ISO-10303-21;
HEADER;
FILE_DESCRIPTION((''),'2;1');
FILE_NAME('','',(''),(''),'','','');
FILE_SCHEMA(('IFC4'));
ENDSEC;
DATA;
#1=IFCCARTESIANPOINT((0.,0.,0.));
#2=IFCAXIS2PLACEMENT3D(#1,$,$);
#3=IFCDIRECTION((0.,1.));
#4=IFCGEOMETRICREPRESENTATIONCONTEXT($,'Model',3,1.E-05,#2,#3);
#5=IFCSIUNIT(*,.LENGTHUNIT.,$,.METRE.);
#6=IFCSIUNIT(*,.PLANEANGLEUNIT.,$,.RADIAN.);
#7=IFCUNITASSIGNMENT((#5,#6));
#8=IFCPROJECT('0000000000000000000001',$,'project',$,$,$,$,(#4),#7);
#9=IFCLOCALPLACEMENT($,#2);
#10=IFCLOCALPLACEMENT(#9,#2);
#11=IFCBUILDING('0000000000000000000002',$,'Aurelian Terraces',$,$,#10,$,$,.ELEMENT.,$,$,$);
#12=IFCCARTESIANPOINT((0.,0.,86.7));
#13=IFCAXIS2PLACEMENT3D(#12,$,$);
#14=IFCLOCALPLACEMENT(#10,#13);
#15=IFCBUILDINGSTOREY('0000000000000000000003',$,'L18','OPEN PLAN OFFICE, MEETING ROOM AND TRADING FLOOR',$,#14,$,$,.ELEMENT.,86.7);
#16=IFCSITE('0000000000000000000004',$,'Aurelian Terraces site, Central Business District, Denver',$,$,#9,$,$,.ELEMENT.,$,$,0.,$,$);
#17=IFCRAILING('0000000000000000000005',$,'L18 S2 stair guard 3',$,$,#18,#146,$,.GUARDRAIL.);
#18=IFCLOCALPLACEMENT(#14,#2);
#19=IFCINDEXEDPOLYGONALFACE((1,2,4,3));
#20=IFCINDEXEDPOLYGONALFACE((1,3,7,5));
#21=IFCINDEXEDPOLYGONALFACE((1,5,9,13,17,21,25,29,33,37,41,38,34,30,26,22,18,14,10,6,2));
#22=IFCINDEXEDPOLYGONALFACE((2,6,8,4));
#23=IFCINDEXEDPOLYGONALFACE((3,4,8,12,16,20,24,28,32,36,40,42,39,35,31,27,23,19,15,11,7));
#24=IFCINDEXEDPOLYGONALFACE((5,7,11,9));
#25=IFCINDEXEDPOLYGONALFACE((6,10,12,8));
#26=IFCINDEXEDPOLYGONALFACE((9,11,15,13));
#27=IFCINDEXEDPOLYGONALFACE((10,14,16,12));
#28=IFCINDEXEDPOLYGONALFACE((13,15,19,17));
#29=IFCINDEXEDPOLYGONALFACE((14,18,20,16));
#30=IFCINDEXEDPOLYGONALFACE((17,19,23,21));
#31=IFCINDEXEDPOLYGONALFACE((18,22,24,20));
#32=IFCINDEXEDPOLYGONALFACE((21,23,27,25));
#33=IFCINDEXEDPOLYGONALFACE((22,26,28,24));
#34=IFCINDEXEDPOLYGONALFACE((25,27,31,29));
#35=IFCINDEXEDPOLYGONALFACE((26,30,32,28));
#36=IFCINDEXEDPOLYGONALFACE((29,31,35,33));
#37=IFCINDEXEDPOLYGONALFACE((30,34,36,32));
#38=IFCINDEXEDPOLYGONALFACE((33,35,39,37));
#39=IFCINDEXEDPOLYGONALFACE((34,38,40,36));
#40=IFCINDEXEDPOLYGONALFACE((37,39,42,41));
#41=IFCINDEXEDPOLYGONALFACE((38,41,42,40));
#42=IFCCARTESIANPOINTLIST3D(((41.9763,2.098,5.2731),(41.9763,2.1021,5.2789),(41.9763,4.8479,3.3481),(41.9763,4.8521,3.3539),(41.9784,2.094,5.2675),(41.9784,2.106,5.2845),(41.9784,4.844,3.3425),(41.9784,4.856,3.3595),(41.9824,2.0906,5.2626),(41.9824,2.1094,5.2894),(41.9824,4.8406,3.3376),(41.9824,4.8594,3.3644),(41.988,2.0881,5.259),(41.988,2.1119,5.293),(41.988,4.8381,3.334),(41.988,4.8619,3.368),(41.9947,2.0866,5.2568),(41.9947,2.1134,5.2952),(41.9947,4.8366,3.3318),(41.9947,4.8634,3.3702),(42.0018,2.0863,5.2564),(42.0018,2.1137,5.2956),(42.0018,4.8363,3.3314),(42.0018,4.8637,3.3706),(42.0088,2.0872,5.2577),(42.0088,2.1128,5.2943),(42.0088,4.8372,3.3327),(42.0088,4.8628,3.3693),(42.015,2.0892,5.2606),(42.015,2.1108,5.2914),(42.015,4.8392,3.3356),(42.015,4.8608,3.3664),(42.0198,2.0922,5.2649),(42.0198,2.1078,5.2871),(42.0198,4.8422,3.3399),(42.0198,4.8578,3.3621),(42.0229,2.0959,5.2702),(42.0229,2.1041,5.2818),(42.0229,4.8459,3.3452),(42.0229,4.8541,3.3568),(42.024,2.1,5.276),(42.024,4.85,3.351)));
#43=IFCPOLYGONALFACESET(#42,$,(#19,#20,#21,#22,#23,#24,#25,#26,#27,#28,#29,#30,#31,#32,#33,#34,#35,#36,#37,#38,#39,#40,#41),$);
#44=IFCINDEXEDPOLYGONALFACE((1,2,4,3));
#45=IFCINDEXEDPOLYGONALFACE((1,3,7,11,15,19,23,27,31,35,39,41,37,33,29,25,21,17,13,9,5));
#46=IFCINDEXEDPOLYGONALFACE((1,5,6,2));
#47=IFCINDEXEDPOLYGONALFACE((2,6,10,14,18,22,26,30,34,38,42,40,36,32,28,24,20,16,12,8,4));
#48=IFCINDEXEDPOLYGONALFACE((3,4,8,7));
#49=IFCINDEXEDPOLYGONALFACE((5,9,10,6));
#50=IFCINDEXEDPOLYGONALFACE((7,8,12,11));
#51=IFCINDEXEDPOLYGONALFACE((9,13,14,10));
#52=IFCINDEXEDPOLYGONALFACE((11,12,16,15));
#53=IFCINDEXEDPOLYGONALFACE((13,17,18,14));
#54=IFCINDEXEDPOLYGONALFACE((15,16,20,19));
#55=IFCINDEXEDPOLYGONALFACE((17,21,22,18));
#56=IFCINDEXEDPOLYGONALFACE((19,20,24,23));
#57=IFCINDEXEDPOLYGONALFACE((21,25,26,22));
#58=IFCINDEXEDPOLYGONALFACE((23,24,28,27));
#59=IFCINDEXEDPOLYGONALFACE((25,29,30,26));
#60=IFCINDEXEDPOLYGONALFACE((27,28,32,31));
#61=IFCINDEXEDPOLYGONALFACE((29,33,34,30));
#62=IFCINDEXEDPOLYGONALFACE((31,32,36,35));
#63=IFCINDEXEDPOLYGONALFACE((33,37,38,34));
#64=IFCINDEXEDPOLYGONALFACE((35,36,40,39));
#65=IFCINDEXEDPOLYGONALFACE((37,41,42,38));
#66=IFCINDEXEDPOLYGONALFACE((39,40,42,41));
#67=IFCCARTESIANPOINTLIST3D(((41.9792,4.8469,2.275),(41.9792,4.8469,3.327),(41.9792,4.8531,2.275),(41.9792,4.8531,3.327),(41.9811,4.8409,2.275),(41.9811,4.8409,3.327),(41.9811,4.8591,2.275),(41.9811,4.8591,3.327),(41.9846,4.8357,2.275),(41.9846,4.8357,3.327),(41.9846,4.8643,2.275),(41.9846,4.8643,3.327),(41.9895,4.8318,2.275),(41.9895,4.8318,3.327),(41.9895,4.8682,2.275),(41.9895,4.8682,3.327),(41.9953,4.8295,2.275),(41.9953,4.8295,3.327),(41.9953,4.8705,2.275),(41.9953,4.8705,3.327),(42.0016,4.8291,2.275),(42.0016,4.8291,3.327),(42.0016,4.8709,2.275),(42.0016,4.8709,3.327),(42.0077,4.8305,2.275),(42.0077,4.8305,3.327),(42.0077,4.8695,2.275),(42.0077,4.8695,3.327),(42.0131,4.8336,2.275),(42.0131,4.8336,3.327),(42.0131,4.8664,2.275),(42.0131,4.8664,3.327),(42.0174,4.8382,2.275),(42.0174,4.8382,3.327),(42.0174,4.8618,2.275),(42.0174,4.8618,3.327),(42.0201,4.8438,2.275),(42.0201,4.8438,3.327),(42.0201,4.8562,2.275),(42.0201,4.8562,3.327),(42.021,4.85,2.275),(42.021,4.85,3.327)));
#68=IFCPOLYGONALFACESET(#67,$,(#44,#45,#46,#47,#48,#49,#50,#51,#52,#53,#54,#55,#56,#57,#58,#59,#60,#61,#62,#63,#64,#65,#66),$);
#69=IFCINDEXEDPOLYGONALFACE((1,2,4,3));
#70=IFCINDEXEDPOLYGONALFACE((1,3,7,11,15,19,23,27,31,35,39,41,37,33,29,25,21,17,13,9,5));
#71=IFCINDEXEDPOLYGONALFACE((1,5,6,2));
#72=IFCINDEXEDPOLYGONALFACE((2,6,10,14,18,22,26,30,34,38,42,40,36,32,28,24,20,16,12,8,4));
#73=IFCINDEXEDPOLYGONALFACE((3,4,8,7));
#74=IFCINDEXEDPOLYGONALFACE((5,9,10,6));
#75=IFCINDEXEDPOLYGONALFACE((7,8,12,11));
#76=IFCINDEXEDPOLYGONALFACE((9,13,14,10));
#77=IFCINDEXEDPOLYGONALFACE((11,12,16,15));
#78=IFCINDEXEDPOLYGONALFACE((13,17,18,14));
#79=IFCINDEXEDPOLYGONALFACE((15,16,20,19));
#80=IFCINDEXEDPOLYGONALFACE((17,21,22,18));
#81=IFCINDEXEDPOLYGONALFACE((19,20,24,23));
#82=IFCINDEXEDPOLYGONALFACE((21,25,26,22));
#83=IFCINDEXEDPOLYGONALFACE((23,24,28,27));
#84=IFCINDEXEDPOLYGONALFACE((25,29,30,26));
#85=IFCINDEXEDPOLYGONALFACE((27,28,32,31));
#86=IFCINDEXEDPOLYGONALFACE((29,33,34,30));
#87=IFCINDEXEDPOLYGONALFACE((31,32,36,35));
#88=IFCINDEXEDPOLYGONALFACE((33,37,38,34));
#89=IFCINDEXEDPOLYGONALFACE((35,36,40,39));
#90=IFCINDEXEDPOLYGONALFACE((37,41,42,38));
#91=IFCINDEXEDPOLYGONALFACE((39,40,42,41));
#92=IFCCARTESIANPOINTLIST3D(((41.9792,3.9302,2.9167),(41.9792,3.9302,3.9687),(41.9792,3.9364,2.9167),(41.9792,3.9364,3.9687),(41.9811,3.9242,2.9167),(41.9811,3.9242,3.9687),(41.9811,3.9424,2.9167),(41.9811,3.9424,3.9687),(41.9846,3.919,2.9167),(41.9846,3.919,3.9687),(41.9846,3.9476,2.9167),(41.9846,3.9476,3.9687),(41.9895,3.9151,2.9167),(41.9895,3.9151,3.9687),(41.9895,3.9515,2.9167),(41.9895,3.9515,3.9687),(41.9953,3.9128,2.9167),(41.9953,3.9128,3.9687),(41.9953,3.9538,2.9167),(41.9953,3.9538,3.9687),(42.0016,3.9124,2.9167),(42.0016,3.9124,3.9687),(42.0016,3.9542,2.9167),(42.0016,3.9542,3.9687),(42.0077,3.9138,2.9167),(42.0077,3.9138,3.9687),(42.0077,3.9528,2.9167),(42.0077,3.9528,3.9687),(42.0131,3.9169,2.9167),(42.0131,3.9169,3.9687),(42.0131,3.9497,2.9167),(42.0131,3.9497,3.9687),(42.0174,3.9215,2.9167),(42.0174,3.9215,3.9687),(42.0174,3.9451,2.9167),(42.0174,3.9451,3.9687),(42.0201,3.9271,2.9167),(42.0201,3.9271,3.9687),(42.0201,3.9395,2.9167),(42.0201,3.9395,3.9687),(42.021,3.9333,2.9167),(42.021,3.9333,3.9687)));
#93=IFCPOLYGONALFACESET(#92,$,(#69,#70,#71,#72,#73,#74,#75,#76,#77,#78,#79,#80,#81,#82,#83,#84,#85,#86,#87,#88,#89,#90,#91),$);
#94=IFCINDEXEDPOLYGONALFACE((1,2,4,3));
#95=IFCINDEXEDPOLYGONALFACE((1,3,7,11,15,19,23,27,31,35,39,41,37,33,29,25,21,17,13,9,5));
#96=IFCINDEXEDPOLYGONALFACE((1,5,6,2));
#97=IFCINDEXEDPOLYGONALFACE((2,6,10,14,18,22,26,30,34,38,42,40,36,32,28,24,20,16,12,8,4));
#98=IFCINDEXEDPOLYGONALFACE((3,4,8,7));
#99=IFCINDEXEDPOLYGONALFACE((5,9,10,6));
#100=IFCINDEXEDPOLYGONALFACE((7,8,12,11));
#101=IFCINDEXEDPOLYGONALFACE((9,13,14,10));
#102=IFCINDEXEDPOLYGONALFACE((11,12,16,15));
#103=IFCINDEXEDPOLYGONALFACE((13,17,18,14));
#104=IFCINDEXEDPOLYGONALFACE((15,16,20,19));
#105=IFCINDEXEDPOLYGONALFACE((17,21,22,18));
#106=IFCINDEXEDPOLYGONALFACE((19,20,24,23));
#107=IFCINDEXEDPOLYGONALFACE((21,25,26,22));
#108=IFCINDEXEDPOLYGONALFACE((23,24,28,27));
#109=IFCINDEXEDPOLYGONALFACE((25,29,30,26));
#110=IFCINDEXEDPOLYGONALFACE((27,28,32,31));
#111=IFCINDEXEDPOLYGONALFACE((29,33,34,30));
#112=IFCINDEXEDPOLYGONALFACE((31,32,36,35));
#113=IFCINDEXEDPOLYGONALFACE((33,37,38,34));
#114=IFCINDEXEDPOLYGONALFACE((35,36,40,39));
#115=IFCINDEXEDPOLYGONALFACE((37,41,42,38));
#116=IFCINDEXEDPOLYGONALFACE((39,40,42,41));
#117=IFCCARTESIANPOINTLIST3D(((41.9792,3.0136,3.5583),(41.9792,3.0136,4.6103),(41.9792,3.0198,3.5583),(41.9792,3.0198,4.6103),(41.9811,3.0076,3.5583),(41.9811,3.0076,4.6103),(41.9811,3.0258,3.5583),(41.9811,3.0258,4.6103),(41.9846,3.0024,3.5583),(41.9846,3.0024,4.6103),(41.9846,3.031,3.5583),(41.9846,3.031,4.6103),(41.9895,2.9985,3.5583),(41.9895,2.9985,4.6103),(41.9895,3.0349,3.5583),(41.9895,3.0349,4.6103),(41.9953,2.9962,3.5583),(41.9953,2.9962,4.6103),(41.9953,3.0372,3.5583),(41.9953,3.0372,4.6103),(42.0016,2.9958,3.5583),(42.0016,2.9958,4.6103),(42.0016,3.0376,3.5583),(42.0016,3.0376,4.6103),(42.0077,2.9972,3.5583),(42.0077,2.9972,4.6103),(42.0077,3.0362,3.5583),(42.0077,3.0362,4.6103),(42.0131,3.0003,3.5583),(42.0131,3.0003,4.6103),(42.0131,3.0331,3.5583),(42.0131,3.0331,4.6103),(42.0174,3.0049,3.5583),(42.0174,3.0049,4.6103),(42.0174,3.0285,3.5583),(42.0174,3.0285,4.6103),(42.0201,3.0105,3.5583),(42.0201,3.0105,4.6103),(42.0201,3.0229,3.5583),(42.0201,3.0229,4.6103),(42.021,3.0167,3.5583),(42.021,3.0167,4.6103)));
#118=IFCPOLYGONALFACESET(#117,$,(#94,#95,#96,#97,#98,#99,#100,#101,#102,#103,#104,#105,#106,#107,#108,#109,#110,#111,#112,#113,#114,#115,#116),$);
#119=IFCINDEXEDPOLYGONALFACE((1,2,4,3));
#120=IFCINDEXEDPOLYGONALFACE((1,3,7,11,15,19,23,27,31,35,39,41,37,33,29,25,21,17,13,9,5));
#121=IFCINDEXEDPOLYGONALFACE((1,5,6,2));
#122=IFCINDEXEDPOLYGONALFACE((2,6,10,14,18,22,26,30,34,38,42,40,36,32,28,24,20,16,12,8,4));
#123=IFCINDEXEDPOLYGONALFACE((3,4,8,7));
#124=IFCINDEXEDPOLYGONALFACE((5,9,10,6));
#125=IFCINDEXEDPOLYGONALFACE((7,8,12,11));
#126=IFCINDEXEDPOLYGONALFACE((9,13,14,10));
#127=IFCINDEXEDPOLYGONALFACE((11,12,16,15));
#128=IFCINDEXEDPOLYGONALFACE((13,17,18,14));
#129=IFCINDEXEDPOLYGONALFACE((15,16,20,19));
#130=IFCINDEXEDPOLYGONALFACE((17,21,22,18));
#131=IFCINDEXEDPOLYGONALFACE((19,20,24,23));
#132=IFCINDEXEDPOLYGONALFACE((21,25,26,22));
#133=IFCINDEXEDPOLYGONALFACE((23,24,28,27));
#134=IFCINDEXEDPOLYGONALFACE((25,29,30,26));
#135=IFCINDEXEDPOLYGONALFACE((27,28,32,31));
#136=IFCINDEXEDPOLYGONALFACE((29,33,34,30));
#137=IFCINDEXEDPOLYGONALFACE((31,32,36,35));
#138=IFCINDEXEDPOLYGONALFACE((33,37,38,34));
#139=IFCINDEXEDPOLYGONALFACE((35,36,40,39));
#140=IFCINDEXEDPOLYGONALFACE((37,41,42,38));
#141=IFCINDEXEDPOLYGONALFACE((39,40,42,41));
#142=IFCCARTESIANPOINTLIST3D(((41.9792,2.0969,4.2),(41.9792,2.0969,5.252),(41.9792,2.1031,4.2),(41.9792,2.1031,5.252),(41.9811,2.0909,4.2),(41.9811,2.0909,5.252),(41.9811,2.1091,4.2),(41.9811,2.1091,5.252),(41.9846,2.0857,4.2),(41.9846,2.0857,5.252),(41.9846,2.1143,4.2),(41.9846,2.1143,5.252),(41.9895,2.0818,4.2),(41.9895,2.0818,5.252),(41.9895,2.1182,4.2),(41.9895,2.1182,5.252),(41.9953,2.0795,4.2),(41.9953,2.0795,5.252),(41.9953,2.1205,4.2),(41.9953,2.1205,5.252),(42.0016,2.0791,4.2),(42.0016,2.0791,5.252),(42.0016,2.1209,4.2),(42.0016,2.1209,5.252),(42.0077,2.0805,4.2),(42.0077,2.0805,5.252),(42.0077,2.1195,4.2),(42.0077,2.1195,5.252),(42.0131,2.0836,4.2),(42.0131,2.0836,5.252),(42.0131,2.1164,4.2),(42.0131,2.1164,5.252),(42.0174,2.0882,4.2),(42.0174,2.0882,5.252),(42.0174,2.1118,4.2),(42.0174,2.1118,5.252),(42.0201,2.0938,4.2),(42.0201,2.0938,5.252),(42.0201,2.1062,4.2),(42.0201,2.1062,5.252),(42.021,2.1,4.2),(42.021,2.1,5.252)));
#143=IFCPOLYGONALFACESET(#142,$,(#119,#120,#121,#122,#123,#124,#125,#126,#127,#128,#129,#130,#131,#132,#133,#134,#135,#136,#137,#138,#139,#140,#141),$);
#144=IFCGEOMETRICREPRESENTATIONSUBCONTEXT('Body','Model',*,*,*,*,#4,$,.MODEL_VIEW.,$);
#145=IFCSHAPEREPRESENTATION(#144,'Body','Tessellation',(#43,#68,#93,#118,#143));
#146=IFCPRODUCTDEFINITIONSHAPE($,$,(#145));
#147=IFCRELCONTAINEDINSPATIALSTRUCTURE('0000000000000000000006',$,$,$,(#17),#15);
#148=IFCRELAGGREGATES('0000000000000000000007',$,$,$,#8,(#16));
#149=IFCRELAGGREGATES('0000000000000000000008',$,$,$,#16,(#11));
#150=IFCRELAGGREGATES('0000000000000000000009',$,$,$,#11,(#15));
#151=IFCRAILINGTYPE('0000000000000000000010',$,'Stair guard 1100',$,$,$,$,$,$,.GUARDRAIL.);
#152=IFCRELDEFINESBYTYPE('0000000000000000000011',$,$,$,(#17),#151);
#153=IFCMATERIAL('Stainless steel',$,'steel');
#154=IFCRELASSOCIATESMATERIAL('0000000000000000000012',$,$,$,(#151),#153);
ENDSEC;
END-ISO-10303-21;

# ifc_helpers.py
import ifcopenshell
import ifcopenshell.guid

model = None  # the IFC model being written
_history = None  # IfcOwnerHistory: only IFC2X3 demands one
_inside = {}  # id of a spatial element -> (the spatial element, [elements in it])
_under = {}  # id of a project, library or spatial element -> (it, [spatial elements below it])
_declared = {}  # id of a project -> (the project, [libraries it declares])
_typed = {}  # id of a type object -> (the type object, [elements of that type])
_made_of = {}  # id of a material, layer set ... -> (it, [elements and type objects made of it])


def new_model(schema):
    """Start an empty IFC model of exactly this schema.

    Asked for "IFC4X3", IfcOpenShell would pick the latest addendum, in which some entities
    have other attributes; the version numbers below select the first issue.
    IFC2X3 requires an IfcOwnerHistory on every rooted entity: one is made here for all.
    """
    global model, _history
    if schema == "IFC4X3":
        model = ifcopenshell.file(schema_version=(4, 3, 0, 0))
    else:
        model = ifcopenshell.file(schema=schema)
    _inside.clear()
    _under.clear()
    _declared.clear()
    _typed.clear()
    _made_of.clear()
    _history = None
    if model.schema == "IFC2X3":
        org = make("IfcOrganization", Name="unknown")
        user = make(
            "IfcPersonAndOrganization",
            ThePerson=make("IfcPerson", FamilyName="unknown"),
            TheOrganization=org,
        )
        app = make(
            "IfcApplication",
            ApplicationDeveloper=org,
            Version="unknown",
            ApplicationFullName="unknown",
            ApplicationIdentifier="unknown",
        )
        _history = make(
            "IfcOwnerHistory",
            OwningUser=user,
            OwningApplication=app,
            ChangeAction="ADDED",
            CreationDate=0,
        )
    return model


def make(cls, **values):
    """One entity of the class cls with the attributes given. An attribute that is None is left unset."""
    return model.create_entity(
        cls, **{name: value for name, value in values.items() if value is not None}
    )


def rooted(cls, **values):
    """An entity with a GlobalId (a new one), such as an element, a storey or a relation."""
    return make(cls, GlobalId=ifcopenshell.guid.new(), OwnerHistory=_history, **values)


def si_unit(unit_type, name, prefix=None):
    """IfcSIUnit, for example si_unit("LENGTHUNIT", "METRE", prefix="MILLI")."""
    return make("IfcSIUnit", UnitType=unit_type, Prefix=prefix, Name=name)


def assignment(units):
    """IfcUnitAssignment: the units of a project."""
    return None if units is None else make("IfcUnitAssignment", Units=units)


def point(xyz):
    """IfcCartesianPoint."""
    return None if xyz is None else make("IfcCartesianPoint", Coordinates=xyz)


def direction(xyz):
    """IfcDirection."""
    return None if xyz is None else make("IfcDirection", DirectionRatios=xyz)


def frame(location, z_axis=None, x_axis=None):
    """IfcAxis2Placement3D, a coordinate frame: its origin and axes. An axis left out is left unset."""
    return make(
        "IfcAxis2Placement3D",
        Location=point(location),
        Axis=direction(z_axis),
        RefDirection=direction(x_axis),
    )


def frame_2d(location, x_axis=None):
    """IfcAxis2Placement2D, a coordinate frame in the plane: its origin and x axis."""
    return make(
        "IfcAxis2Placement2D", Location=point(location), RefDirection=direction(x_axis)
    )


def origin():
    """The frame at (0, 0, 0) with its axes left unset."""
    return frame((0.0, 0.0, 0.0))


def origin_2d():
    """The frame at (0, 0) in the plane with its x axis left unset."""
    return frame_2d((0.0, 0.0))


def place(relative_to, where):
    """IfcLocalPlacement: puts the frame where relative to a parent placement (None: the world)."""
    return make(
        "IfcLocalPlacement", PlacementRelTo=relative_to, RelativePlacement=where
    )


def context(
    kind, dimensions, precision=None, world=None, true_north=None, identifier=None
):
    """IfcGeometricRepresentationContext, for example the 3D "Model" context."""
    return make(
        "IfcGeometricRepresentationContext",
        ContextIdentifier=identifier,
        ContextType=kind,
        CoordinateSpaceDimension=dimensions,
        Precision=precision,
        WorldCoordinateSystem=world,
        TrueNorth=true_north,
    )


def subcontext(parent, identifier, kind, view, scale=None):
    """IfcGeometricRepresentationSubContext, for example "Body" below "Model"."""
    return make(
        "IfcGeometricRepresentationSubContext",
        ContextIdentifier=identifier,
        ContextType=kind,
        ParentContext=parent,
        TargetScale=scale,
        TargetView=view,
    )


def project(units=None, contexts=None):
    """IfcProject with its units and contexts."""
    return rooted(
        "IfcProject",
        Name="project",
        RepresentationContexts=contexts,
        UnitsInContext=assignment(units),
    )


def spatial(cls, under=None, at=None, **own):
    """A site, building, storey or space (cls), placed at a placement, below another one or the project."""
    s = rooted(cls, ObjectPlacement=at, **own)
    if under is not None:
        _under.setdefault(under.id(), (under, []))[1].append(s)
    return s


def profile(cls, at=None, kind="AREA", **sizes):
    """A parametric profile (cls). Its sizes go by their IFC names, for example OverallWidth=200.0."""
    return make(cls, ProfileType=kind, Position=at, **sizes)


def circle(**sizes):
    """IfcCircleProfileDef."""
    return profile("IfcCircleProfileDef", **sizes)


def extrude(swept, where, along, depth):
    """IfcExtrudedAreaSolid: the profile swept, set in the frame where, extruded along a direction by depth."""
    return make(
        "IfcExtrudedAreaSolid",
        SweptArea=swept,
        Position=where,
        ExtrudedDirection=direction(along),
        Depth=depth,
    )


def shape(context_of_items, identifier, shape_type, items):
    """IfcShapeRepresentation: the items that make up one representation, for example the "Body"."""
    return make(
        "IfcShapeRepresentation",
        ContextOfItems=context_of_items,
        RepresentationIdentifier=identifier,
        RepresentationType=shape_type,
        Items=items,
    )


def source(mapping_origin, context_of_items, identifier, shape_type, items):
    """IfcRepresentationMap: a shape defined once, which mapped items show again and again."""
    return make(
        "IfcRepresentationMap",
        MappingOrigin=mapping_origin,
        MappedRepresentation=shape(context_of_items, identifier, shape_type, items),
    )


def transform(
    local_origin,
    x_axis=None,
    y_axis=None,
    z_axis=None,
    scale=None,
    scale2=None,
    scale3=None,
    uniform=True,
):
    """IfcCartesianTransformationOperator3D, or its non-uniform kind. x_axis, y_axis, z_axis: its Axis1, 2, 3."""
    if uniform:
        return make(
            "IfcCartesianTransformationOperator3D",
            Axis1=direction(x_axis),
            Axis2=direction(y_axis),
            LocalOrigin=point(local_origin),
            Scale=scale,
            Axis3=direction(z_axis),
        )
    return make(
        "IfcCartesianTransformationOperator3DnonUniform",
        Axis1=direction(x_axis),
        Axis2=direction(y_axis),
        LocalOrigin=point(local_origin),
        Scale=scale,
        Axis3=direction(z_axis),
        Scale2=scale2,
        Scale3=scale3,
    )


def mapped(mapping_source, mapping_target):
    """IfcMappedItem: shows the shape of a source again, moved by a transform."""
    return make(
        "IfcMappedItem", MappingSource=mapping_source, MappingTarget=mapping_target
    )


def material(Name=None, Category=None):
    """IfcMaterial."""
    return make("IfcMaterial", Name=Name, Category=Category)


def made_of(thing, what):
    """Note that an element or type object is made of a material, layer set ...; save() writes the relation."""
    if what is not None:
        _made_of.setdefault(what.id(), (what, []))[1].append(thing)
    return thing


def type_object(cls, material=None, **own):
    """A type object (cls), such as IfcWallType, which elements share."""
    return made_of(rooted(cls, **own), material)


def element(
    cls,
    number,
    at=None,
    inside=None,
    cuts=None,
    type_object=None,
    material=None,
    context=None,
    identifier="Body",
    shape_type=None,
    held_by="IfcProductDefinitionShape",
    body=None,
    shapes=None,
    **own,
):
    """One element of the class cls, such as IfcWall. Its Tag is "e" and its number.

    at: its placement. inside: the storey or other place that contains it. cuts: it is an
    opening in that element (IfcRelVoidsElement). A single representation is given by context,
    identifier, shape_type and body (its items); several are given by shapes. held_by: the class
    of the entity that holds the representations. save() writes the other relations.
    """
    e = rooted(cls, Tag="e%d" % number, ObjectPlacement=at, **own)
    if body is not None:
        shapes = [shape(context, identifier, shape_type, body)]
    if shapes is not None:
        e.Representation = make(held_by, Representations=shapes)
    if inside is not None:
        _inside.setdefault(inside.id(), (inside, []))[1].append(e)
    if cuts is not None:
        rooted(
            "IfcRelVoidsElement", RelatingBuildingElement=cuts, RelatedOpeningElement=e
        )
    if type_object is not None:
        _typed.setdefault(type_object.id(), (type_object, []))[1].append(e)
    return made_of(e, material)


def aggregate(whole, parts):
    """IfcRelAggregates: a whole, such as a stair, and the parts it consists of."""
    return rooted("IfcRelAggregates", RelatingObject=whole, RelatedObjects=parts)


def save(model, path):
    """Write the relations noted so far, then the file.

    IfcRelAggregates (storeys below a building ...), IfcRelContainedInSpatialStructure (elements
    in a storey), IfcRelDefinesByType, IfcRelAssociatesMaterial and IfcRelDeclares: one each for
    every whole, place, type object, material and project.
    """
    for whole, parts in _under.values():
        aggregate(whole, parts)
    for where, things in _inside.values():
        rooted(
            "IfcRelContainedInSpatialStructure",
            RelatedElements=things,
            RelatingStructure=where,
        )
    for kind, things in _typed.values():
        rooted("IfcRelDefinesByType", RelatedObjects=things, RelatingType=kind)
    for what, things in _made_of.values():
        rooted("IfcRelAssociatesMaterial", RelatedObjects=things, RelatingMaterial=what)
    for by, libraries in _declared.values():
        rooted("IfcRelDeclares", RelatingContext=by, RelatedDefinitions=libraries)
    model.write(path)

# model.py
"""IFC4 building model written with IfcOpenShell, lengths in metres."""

from ifc_helpers import new_model, si_unit, direction, frame, origin, origin_2d, place, context, subcontext, project, spatial, circle, extrude, source, transform, mapped, material, type_object, element, save


model = new_model("IFC4")

# Units and contexts
model_context = context("Model", 3, precision=1e-05, world=origin(), true_north=direction((0.0, 1.0)))
body_context = subcontext(model_context, "Body", "Model", "MODEL_VIEW")
ifc_project = project(units=[si_unit("LENGTHUNIT", "METRE"), si_unit("PLANEANGLEUNIT", "RADIAN")], contexts=[model_context])

# Site, building, storey
site_placement = place(None, origin())
site = spatial("IfcSite", under=ifc_project, at=site_placement, Name="Aurelian Terraces site, Central Business District, Denver", CompositionType="ELEMENT", RefElevation=0.0)
building_placement = place(site_placement, origin())
building = spatial("IfcBuilding", under=site, at=building_placement, Name="Aurelian Terraces", CompositionType="ELEMENT")
storey_placement = place(building_placement, frame((0.0, 0.0, 86.7)))
storey = spatial("IfcBuildingStorey", under=building, at=storey_placement, Name="L18", Description="OPEN PLAN OFFICE, MEETING ROOM AND TRADING FLOOR", CompositionType="ELEMENT", Elevation=86.7)

# Railing
ifc_material_1 = material(Name="Stainless steel", Category="steel")
railing_type_1 = type_object("IfcRailingType", Name="Stair guard 1100", PredefinedType="GUARDRAIL", material=ifc_material_1)
shared_shape_1 = source(origin(), body_context, "Body", "SweptSolid", [
    extrude(circle(Radius=0.024, at=origin_2d()), frame((0.0, 0.0, 1.076), z_axis=(0.0, -0.819232, 0.573462), x_axis=(1.0, 0.0, 0.0)), (0.0, 0.0, 1.0), 3.3568),
    extrude(circle(Radius=0.021, at=origin_2d()), origin(), (0.0, 0.0, 1.0), 1.052),
    extrude(circle(Radius=0.021, at=origin_2d()), frame((0.0, -0.9167, 0.6417)), (0.0, 0.0, 1.0), 1.052),
    extrude(circle(Radius=0.021, at=origin_2d()), frame((0.0, -1.8333, 1.2833)), (0.0, 0.0, 1.0), 1.052),
    extrude(circle(Radius=0.021, at=origin_2d()), frame((0.0, -2.75, 1.925)), (0.0, 0.0, 1.0), 1.052),
])
railing_1_placement = place(storey_placement, frame((42.0, 4.85, 2.275)))
element("IfcRailing", 1, at=railing_1_placement, inside=storey, type_object=railing_type_1, Name="L18 S2 stair guard 3", PredefinedType="GUARDRAIL", context=body_context, shape_type="MappedRepresentation", body=[
    mapped(shared_shape_1, transform((0.0, 0.0, 0.0), scale=1.0)),
])

save(model, "model.ifc")
